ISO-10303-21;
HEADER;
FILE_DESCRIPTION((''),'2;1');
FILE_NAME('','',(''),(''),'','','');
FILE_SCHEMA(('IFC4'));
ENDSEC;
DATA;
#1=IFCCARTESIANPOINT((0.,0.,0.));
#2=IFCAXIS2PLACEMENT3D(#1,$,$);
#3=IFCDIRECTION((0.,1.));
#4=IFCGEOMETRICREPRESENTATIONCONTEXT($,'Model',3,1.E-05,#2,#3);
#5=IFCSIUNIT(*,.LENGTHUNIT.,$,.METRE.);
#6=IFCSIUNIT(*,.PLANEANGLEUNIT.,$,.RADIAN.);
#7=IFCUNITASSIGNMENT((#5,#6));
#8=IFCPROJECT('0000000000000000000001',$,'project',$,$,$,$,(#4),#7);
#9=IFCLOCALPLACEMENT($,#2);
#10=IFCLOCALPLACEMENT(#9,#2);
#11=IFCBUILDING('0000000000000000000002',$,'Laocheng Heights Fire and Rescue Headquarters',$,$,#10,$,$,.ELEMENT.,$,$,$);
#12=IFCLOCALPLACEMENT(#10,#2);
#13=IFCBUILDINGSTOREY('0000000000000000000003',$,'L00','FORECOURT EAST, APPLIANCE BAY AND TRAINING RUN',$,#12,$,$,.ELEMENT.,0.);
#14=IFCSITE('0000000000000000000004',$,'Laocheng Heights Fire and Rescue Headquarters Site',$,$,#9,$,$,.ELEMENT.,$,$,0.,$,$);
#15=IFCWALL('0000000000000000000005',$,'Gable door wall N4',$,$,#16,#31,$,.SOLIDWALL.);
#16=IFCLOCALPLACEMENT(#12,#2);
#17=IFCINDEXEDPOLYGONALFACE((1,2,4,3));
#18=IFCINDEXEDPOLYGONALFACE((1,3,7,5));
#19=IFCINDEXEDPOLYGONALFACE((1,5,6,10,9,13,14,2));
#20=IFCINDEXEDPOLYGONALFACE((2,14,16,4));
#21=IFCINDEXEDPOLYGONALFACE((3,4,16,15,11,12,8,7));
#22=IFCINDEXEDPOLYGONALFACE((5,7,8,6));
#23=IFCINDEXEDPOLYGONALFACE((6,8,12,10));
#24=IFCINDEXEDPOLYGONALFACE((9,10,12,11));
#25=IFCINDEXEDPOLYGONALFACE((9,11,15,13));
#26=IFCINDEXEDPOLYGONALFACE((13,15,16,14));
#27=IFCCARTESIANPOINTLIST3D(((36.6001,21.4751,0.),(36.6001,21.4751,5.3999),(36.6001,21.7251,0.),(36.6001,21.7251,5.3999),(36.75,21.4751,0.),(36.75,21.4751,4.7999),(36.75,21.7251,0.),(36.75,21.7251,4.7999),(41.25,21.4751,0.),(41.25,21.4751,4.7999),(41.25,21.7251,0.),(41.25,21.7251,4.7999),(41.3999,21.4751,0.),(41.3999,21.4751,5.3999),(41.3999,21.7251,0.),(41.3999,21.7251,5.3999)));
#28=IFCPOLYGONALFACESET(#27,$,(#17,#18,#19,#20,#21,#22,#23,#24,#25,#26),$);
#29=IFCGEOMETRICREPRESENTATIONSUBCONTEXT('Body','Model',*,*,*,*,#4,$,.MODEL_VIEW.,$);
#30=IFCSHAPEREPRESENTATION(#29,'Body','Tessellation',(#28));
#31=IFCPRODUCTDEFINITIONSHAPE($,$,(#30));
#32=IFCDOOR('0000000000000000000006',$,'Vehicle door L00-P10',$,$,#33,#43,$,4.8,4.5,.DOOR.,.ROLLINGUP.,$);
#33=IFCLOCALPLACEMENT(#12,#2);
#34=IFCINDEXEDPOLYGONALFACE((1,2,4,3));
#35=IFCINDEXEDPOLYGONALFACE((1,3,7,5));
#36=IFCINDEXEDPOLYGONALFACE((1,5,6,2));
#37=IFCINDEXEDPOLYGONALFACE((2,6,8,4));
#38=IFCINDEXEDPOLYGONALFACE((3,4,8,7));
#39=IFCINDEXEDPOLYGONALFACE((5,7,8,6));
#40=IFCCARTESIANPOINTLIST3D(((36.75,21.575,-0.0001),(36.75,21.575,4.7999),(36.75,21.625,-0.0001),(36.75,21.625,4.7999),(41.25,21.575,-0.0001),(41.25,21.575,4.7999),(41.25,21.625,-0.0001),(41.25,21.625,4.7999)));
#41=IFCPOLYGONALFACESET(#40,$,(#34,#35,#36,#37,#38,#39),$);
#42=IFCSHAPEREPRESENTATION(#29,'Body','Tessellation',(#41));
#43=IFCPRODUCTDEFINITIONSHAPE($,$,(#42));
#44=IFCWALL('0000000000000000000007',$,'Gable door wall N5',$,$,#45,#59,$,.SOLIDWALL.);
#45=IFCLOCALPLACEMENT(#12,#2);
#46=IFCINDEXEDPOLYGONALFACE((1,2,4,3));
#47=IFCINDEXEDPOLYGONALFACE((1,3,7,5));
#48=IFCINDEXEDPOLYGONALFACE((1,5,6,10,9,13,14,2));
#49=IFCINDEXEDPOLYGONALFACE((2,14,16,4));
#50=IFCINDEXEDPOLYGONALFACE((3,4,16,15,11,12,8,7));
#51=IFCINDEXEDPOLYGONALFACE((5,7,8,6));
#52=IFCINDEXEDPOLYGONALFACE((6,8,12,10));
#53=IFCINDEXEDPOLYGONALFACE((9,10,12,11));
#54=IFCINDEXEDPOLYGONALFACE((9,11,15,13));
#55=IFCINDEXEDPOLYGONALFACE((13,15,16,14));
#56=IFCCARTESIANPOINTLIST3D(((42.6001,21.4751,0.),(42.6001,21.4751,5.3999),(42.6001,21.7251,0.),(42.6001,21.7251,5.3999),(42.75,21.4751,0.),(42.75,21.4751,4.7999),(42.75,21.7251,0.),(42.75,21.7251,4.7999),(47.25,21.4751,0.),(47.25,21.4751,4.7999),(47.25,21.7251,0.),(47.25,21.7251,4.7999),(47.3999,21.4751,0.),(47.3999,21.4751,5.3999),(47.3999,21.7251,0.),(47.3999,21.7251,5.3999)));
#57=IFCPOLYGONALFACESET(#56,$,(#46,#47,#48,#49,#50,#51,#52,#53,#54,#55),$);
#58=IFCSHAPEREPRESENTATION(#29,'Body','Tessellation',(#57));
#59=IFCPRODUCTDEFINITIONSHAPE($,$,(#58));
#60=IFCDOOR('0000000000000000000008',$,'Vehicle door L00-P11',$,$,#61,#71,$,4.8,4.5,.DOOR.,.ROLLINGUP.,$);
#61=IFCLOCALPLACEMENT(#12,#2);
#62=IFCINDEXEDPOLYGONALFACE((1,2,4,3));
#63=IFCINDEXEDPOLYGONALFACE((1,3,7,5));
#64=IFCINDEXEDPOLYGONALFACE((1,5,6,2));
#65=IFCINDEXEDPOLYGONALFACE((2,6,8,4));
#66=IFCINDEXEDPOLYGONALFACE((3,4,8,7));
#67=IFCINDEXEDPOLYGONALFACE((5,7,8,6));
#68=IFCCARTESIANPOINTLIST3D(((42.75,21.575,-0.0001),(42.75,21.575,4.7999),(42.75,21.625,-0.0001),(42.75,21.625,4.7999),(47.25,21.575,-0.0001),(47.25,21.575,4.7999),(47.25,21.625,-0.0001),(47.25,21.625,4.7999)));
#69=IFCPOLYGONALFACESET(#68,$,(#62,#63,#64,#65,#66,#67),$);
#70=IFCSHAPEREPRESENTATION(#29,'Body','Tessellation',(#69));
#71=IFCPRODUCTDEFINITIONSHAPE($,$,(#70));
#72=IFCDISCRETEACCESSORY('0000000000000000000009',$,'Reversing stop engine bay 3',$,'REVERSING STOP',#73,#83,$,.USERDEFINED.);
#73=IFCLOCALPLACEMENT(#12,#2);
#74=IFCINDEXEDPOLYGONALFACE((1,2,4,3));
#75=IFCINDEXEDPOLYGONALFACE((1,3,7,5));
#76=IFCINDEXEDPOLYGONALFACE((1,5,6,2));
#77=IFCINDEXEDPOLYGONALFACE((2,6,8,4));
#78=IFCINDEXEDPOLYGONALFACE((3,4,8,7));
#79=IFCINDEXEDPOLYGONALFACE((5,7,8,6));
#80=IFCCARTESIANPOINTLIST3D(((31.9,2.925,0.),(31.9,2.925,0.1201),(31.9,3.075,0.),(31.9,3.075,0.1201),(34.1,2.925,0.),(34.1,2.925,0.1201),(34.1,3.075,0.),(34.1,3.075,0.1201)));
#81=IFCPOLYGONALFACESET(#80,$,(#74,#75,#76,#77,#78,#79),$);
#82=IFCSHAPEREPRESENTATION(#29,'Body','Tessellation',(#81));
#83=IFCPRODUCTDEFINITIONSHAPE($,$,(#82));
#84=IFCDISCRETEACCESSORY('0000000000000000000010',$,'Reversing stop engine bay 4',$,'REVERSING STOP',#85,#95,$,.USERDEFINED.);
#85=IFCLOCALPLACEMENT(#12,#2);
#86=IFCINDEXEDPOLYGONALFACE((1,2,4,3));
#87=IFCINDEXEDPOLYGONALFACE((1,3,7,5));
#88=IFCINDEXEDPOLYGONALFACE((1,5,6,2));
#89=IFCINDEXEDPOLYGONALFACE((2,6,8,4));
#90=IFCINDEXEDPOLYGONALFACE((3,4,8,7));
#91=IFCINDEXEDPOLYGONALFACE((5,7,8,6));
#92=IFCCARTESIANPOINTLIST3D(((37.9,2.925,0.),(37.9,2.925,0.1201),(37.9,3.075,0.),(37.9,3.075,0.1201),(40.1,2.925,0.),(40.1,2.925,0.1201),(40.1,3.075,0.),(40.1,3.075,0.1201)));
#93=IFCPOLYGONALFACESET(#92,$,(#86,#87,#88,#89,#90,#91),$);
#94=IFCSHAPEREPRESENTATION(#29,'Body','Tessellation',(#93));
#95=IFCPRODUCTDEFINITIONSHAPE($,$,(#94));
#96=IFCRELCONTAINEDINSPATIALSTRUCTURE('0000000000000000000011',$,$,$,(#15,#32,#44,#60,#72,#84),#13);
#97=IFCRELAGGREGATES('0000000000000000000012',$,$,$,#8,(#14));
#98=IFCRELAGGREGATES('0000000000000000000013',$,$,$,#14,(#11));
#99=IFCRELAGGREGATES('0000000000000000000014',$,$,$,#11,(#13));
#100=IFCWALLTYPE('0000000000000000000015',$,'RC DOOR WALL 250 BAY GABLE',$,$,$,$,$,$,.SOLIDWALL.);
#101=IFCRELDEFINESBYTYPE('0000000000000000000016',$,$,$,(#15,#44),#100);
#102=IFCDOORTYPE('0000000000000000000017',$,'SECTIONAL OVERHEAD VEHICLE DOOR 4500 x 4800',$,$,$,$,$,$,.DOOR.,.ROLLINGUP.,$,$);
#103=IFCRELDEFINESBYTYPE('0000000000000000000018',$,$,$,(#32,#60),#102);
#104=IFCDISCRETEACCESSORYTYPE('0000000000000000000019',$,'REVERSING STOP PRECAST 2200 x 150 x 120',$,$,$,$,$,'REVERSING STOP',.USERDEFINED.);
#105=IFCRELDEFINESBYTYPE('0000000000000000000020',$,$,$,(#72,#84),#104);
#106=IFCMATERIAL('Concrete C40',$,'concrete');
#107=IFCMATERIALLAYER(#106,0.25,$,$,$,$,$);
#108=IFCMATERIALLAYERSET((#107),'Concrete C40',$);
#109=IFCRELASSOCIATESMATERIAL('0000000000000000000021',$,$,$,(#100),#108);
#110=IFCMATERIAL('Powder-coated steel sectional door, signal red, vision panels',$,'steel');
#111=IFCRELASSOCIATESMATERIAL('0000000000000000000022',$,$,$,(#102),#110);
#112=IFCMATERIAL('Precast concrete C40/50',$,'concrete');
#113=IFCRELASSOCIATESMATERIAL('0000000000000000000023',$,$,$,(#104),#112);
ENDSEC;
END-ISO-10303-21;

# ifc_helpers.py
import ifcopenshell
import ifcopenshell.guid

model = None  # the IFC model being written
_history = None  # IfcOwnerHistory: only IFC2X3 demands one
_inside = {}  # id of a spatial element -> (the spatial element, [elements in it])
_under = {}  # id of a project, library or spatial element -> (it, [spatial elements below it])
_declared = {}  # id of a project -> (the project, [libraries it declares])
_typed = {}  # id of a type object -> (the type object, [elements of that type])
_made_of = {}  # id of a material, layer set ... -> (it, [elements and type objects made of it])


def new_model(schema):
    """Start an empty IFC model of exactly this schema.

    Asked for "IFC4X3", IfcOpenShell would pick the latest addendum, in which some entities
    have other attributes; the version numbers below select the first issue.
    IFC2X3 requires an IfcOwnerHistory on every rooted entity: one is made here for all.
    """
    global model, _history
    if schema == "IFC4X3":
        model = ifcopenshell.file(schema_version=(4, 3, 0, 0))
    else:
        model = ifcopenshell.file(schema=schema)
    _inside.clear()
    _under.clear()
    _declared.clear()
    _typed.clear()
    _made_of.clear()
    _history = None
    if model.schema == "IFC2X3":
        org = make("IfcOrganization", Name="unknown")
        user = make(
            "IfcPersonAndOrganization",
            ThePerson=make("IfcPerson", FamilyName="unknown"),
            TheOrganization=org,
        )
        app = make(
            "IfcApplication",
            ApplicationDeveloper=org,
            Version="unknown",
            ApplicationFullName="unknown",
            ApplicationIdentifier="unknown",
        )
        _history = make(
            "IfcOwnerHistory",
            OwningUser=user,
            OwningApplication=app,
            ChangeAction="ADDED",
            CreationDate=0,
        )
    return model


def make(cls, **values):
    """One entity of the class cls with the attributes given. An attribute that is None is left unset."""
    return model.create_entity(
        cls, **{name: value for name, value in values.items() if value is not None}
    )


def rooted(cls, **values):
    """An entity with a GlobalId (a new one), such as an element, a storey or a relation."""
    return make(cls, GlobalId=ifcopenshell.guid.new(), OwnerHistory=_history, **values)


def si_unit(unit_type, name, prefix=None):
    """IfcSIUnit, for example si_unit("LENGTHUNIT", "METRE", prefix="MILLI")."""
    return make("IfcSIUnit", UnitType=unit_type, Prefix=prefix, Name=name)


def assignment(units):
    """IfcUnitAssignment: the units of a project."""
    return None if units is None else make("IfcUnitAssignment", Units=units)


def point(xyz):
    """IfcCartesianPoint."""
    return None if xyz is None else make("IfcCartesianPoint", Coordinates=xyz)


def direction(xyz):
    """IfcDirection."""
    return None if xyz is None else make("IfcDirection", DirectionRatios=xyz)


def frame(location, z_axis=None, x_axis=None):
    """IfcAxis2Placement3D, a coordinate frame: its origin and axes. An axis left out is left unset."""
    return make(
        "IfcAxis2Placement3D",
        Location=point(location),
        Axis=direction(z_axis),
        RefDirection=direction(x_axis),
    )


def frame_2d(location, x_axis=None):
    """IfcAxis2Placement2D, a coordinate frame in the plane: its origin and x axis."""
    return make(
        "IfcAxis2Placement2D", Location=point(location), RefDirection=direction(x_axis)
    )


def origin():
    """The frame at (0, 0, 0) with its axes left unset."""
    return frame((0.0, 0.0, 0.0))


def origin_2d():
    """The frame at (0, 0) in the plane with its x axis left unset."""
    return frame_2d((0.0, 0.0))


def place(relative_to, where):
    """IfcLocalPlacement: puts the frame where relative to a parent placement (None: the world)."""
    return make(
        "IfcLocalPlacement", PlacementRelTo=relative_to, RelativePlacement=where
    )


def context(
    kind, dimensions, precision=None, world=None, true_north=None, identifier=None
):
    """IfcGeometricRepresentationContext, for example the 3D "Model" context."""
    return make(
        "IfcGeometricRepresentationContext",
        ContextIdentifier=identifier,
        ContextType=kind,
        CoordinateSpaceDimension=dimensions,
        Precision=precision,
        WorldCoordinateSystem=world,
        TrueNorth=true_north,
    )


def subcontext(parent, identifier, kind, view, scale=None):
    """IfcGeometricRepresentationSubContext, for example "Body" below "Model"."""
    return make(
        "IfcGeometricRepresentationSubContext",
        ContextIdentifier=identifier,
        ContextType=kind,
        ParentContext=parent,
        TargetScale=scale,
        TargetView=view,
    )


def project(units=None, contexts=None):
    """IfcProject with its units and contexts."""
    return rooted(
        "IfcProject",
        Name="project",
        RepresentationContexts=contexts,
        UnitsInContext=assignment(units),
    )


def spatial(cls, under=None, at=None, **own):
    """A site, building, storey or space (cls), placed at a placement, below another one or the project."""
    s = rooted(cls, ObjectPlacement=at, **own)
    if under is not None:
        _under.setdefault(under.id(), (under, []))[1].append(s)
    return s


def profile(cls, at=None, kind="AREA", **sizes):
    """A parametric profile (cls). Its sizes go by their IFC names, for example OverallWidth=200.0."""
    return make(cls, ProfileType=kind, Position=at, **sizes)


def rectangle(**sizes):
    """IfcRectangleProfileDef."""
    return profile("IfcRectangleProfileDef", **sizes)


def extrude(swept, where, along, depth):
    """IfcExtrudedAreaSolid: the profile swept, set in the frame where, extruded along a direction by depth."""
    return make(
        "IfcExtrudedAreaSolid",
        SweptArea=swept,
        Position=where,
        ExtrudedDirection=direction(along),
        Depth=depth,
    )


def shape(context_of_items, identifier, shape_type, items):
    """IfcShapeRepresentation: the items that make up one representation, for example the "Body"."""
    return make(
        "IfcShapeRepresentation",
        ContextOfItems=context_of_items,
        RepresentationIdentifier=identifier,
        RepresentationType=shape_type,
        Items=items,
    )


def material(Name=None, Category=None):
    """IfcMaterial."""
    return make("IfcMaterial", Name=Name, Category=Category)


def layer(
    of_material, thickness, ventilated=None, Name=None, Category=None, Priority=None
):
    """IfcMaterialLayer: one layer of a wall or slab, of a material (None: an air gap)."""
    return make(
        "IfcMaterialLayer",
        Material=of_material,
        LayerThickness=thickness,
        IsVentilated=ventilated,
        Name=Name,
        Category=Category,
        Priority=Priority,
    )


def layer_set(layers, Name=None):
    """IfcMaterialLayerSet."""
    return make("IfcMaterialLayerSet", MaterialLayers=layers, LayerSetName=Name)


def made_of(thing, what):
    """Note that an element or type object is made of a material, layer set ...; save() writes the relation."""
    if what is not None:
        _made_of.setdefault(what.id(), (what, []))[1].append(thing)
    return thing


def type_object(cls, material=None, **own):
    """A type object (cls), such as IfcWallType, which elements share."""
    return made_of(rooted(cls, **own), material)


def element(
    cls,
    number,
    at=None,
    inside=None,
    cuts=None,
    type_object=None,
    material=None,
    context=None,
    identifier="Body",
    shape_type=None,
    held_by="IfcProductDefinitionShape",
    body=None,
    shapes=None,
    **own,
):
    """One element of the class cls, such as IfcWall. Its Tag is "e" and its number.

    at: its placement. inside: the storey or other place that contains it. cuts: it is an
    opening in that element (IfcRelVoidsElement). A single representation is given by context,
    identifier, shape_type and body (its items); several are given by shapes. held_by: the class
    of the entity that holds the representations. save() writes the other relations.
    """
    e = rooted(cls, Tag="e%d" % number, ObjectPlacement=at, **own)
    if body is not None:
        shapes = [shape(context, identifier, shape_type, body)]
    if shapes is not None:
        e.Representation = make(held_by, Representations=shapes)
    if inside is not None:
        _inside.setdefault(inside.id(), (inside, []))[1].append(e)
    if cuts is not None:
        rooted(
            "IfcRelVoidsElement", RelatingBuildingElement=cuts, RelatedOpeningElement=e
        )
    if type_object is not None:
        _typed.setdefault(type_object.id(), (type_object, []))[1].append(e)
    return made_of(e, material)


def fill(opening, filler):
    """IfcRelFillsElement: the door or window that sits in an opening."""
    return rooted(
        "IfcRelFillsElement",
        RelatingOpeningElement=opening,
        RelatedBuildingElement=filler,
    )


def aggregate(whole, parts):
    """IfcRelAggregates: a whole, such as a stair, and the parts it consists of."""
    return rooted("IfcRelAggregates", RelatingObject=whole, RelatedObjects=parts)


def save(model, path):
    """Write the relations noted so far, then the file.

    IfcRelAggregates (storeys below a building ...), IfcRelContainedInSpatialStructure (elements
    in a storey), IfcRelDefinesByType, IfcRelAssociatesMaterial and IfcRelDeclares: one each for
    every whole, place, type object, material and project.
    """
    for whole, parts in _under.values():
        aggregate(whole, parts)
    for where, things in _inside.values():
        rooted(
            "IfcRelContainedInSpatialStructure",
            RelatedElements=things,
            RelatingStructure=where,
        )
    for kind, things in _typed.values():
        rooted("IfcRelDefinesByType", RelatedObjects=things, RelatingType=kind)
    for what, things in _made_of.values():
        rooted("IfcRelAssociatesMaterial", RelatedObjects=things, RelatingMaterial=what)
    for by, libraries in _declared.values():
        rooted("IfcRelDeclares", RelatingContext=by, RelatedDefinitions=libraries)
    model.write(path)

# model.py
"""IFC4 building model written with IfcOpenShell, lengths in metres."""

from ifc_helpers import new_model, si_unit, direction, frame, frame_2d, origin, origin_2d, place, context, subcontext, project, spatial, rectangle, extrude, material, layer, layer_set, type_object, element, fill, save


model = new_model("IFC4")

# Units and contexts
model_context = context("Model", 3, precision=1e-05, world=origin(), true_north=direction((0.0, 1.0)))
body_context = subcontext(model_context, "Body", "Model", "MODEL_VIEW")
ifc_project = project(units=[si_unit("LENGTHUNIT", "METRE"), si_unit("PLANEANGLEUNIT", "RADIAN")], contexts=[model_context])

# Site, building, storey
site_placement = place(None, origin())
site = spatial("IfcSite", under=ifc_project, at=site_placement, Name="Laocheng Heights Fire and Rescue Headquarters Site", CompositionType="ELEMENT", RefElevation=0.0)
building_placement = place(site_placement, origin())
building = spatial("IfcBuilding", under=site, at=building_placement, Name="Laocheng Heights Fire and Rescue Headquarters", CompositionType="ELEMENT")
storey_placement = place(building_placement, origin())
storey = spatial("IfcBuildingStorey", under=building, at=storey_placement, Name="L00", Description="FORECOURT EAST, APPLIANCE BAY AND TRAINING RUN", CompositionType="ELEMENT", Elevation=0.0)

# Walls, openings, doors
ifc_material_1 = material(Name="Concrete C40", Category="concrete")
ifc_layer = layer(ifc_material_1, 0.25)
ifc_layer_set = layer_set([ifc_layer], Name="Concrete C40")
wall_type = type_object("IfcWallType", Name="RC DOOR WALL 250 BAY GABLE", PredefinedType="SOLIDWALL", material=ifc_layer_set)
ifc_material_2 = material(Name="Powder-coated steel sectional door, signal red, vision panels", Category="steel")
door_type = type_object("IfcDoorType", Name="SECTIONAL OVERHEAD VEHICLE DOOR 4500 x 4800", OperationType="ROLLINGUP", PredefinedType="DOOR", material=ifc_material_2)
wall_1_placement = place(storey_placement, frame((36.6001, 21.6001, 0.0), z_axis=(0.0, 0.0, 1.0), x_axis=(1.0, 0.0, 0.0)))
wall_1 = element("IfcWall", 1, at=wall_1_placement, inside=storey, type_object=wall_type, Name="Gable door wall N4", PredefinedType="SOLIDWALL", context=body_context, shape_type="SweptSolid", body=[
    extrude(rectangle(XDim=4.7998, YDim=0.25, at=frame_2d((2.3999, 0.0))), origin(), (0.0, 0.0, 1.0), 5.3999),
])
opening_1_placement = place(wall_1_placement, frame((0.1499, 0.0, 0.0)))
opening_1 = element("IfcOpeningElement", 2, at=opening_1_placement, cuts=wall_1, PredefinedType="OPENING", context=body_context, shape_type="SweptSolid", body=[
    extrude(rectangle(XDim=4.5, YDim=4.8, at=frame_2d((2.25, 2.3999))), frame((0.0, 0.135, 0.0), z_axis=(0.0, -1.0, 0.0), x_axis=(1.0, 0.0, 0.0)), (0.0, 0.0, 1.0), 0.27),
])
door_1_placement = place(opening_1_placement, origin())
door_1 = element("IfcDoor", 3, at=door_1_placement, inside=storey, type_object=door_type, Name="Vehicle door L00-P10", OperationType="ROLLINGUP", OverallHeight=4.8, OverallWidth=4.5, PredefinedType="DOOR", context=body_context, shape_type="SweptSolid", body=[
    extrude(rectangle(XDim=4.5, YDim=4.8, at=frame_2d((2.25, 2.3999))), frame((0.0, 0.0249, 0.0), z_axis=(0.0, -1.0, 0.0), x_axis=(1.0, 0.0, 0.0)), (0.0, 0.0, 1.0), 0.05),
])
fill(opening_1, door_1)
wall_2_placement = place(storey_placement, frame((42.6001, 21.6001, 0.0), z_axis=(0.0, 0.0, 1.0), x_axis=(1.0, 0.0, 0.0)))
wall_2 = element("IfcWall", 4, at=wall_2_placement, inside=storey, type_object=wall_type, Name="Gable door wall N5", PredefinedType="SOLIDWALL", context=body_context, shape_type="SweptSolid", body=[
    extrude(rectangle(XDim=4.7998, YDim=0.25, at=frame_2d((2.3999, 0.0))), origin(), (0.0, 0.0, 1.0), 5.3999),
])
opening_2_placement = place(wall_2_placement, frame((0.1499, 0.0, 0.0)))
opening_2 = element("IfcOpeningElement", 5, at=opening_2_placement, cuts=wall_2, PredefinedType="OPENING", context=body_context, shape_type="SweptSolid", body=[
    extrude(rectangle(XDim=4.5, YDim=4.8, at=frame_2d((2.25, 2.3999))), frame((0.0, 0.135, 0.0), z_axis=(0.0, -1.0, 0.0), x_axis=(1.0, 0.0, 0.0)), (0.0, 0.0, 1.0), 0.27),
])
door_2_placement = place(opening_2_placement, origin())
door_2 = element("IfcDoor", 6, at=door_2_placement, inside=storey, type_object=door_type, Name="Vehicle door L00-P11", OperationType="ROLLINGUP", OverallHeight=4.8, OverallWidth=4.5, PredefinedType="DOOR", context=body_context, shape_type="SweptSolid", body=[
    extrude(rectangle(XDim=4.5, YDim=4.8, at=frame_2d((2.25, 2.3999))), frame((0.0, 0.0249, 0.0), z_axis=(0.0, -1.0, 0.0), x_axis=(1.0, 0.0, 0.0)), (0.0, 0.0, 1.0), 0.05),
])
fill(opening_2, door_2)

# Discrete accessories
ifc_material_3 = material(Name="Precast concrete C40/50", Category="concrete")
discrete_accessory_type = type_object("IfcDiscreteAccessoryType", Name="REVERSING STOP PRECAST 2200 x 150 x 120", ElementType="REVERSING STOP", PredefinedType="USERDEFINED", material=ifc_material_3)
for number, where, z_axis, x_axis, name in (
    (7, (33.0, 3.0, 0.0), (0.0, 0.0, 1.0), (1.0, 0.0, 0.0), "Reversing stop engine bay 3"),
    (8, (39.0, 3.0, 0.0), (0.0, 0.0, 1.0), (1.0, 0.0, 0.0), "Reversing stop engine bay 4"),
):
    element("IfcDiscreteAccessory", number, at=place(storey_placement, frame(where, z_axis=z_axis, x_axis=x_axis)), inside=storey, type_object=discrete_accessory_type, Name=name, ObjectType="REVERSING STOP", PredefinedType="USERDEFINED", context=body_context, shape_type="SweptSolid", body=[
        extrude(rectangle(XDim=2.2, YDim=0.1499, at=origin_2d()), origin(), (0.0, 0.0, 1.0), 0.1201),
    ])

save(model, "model.ifc")
